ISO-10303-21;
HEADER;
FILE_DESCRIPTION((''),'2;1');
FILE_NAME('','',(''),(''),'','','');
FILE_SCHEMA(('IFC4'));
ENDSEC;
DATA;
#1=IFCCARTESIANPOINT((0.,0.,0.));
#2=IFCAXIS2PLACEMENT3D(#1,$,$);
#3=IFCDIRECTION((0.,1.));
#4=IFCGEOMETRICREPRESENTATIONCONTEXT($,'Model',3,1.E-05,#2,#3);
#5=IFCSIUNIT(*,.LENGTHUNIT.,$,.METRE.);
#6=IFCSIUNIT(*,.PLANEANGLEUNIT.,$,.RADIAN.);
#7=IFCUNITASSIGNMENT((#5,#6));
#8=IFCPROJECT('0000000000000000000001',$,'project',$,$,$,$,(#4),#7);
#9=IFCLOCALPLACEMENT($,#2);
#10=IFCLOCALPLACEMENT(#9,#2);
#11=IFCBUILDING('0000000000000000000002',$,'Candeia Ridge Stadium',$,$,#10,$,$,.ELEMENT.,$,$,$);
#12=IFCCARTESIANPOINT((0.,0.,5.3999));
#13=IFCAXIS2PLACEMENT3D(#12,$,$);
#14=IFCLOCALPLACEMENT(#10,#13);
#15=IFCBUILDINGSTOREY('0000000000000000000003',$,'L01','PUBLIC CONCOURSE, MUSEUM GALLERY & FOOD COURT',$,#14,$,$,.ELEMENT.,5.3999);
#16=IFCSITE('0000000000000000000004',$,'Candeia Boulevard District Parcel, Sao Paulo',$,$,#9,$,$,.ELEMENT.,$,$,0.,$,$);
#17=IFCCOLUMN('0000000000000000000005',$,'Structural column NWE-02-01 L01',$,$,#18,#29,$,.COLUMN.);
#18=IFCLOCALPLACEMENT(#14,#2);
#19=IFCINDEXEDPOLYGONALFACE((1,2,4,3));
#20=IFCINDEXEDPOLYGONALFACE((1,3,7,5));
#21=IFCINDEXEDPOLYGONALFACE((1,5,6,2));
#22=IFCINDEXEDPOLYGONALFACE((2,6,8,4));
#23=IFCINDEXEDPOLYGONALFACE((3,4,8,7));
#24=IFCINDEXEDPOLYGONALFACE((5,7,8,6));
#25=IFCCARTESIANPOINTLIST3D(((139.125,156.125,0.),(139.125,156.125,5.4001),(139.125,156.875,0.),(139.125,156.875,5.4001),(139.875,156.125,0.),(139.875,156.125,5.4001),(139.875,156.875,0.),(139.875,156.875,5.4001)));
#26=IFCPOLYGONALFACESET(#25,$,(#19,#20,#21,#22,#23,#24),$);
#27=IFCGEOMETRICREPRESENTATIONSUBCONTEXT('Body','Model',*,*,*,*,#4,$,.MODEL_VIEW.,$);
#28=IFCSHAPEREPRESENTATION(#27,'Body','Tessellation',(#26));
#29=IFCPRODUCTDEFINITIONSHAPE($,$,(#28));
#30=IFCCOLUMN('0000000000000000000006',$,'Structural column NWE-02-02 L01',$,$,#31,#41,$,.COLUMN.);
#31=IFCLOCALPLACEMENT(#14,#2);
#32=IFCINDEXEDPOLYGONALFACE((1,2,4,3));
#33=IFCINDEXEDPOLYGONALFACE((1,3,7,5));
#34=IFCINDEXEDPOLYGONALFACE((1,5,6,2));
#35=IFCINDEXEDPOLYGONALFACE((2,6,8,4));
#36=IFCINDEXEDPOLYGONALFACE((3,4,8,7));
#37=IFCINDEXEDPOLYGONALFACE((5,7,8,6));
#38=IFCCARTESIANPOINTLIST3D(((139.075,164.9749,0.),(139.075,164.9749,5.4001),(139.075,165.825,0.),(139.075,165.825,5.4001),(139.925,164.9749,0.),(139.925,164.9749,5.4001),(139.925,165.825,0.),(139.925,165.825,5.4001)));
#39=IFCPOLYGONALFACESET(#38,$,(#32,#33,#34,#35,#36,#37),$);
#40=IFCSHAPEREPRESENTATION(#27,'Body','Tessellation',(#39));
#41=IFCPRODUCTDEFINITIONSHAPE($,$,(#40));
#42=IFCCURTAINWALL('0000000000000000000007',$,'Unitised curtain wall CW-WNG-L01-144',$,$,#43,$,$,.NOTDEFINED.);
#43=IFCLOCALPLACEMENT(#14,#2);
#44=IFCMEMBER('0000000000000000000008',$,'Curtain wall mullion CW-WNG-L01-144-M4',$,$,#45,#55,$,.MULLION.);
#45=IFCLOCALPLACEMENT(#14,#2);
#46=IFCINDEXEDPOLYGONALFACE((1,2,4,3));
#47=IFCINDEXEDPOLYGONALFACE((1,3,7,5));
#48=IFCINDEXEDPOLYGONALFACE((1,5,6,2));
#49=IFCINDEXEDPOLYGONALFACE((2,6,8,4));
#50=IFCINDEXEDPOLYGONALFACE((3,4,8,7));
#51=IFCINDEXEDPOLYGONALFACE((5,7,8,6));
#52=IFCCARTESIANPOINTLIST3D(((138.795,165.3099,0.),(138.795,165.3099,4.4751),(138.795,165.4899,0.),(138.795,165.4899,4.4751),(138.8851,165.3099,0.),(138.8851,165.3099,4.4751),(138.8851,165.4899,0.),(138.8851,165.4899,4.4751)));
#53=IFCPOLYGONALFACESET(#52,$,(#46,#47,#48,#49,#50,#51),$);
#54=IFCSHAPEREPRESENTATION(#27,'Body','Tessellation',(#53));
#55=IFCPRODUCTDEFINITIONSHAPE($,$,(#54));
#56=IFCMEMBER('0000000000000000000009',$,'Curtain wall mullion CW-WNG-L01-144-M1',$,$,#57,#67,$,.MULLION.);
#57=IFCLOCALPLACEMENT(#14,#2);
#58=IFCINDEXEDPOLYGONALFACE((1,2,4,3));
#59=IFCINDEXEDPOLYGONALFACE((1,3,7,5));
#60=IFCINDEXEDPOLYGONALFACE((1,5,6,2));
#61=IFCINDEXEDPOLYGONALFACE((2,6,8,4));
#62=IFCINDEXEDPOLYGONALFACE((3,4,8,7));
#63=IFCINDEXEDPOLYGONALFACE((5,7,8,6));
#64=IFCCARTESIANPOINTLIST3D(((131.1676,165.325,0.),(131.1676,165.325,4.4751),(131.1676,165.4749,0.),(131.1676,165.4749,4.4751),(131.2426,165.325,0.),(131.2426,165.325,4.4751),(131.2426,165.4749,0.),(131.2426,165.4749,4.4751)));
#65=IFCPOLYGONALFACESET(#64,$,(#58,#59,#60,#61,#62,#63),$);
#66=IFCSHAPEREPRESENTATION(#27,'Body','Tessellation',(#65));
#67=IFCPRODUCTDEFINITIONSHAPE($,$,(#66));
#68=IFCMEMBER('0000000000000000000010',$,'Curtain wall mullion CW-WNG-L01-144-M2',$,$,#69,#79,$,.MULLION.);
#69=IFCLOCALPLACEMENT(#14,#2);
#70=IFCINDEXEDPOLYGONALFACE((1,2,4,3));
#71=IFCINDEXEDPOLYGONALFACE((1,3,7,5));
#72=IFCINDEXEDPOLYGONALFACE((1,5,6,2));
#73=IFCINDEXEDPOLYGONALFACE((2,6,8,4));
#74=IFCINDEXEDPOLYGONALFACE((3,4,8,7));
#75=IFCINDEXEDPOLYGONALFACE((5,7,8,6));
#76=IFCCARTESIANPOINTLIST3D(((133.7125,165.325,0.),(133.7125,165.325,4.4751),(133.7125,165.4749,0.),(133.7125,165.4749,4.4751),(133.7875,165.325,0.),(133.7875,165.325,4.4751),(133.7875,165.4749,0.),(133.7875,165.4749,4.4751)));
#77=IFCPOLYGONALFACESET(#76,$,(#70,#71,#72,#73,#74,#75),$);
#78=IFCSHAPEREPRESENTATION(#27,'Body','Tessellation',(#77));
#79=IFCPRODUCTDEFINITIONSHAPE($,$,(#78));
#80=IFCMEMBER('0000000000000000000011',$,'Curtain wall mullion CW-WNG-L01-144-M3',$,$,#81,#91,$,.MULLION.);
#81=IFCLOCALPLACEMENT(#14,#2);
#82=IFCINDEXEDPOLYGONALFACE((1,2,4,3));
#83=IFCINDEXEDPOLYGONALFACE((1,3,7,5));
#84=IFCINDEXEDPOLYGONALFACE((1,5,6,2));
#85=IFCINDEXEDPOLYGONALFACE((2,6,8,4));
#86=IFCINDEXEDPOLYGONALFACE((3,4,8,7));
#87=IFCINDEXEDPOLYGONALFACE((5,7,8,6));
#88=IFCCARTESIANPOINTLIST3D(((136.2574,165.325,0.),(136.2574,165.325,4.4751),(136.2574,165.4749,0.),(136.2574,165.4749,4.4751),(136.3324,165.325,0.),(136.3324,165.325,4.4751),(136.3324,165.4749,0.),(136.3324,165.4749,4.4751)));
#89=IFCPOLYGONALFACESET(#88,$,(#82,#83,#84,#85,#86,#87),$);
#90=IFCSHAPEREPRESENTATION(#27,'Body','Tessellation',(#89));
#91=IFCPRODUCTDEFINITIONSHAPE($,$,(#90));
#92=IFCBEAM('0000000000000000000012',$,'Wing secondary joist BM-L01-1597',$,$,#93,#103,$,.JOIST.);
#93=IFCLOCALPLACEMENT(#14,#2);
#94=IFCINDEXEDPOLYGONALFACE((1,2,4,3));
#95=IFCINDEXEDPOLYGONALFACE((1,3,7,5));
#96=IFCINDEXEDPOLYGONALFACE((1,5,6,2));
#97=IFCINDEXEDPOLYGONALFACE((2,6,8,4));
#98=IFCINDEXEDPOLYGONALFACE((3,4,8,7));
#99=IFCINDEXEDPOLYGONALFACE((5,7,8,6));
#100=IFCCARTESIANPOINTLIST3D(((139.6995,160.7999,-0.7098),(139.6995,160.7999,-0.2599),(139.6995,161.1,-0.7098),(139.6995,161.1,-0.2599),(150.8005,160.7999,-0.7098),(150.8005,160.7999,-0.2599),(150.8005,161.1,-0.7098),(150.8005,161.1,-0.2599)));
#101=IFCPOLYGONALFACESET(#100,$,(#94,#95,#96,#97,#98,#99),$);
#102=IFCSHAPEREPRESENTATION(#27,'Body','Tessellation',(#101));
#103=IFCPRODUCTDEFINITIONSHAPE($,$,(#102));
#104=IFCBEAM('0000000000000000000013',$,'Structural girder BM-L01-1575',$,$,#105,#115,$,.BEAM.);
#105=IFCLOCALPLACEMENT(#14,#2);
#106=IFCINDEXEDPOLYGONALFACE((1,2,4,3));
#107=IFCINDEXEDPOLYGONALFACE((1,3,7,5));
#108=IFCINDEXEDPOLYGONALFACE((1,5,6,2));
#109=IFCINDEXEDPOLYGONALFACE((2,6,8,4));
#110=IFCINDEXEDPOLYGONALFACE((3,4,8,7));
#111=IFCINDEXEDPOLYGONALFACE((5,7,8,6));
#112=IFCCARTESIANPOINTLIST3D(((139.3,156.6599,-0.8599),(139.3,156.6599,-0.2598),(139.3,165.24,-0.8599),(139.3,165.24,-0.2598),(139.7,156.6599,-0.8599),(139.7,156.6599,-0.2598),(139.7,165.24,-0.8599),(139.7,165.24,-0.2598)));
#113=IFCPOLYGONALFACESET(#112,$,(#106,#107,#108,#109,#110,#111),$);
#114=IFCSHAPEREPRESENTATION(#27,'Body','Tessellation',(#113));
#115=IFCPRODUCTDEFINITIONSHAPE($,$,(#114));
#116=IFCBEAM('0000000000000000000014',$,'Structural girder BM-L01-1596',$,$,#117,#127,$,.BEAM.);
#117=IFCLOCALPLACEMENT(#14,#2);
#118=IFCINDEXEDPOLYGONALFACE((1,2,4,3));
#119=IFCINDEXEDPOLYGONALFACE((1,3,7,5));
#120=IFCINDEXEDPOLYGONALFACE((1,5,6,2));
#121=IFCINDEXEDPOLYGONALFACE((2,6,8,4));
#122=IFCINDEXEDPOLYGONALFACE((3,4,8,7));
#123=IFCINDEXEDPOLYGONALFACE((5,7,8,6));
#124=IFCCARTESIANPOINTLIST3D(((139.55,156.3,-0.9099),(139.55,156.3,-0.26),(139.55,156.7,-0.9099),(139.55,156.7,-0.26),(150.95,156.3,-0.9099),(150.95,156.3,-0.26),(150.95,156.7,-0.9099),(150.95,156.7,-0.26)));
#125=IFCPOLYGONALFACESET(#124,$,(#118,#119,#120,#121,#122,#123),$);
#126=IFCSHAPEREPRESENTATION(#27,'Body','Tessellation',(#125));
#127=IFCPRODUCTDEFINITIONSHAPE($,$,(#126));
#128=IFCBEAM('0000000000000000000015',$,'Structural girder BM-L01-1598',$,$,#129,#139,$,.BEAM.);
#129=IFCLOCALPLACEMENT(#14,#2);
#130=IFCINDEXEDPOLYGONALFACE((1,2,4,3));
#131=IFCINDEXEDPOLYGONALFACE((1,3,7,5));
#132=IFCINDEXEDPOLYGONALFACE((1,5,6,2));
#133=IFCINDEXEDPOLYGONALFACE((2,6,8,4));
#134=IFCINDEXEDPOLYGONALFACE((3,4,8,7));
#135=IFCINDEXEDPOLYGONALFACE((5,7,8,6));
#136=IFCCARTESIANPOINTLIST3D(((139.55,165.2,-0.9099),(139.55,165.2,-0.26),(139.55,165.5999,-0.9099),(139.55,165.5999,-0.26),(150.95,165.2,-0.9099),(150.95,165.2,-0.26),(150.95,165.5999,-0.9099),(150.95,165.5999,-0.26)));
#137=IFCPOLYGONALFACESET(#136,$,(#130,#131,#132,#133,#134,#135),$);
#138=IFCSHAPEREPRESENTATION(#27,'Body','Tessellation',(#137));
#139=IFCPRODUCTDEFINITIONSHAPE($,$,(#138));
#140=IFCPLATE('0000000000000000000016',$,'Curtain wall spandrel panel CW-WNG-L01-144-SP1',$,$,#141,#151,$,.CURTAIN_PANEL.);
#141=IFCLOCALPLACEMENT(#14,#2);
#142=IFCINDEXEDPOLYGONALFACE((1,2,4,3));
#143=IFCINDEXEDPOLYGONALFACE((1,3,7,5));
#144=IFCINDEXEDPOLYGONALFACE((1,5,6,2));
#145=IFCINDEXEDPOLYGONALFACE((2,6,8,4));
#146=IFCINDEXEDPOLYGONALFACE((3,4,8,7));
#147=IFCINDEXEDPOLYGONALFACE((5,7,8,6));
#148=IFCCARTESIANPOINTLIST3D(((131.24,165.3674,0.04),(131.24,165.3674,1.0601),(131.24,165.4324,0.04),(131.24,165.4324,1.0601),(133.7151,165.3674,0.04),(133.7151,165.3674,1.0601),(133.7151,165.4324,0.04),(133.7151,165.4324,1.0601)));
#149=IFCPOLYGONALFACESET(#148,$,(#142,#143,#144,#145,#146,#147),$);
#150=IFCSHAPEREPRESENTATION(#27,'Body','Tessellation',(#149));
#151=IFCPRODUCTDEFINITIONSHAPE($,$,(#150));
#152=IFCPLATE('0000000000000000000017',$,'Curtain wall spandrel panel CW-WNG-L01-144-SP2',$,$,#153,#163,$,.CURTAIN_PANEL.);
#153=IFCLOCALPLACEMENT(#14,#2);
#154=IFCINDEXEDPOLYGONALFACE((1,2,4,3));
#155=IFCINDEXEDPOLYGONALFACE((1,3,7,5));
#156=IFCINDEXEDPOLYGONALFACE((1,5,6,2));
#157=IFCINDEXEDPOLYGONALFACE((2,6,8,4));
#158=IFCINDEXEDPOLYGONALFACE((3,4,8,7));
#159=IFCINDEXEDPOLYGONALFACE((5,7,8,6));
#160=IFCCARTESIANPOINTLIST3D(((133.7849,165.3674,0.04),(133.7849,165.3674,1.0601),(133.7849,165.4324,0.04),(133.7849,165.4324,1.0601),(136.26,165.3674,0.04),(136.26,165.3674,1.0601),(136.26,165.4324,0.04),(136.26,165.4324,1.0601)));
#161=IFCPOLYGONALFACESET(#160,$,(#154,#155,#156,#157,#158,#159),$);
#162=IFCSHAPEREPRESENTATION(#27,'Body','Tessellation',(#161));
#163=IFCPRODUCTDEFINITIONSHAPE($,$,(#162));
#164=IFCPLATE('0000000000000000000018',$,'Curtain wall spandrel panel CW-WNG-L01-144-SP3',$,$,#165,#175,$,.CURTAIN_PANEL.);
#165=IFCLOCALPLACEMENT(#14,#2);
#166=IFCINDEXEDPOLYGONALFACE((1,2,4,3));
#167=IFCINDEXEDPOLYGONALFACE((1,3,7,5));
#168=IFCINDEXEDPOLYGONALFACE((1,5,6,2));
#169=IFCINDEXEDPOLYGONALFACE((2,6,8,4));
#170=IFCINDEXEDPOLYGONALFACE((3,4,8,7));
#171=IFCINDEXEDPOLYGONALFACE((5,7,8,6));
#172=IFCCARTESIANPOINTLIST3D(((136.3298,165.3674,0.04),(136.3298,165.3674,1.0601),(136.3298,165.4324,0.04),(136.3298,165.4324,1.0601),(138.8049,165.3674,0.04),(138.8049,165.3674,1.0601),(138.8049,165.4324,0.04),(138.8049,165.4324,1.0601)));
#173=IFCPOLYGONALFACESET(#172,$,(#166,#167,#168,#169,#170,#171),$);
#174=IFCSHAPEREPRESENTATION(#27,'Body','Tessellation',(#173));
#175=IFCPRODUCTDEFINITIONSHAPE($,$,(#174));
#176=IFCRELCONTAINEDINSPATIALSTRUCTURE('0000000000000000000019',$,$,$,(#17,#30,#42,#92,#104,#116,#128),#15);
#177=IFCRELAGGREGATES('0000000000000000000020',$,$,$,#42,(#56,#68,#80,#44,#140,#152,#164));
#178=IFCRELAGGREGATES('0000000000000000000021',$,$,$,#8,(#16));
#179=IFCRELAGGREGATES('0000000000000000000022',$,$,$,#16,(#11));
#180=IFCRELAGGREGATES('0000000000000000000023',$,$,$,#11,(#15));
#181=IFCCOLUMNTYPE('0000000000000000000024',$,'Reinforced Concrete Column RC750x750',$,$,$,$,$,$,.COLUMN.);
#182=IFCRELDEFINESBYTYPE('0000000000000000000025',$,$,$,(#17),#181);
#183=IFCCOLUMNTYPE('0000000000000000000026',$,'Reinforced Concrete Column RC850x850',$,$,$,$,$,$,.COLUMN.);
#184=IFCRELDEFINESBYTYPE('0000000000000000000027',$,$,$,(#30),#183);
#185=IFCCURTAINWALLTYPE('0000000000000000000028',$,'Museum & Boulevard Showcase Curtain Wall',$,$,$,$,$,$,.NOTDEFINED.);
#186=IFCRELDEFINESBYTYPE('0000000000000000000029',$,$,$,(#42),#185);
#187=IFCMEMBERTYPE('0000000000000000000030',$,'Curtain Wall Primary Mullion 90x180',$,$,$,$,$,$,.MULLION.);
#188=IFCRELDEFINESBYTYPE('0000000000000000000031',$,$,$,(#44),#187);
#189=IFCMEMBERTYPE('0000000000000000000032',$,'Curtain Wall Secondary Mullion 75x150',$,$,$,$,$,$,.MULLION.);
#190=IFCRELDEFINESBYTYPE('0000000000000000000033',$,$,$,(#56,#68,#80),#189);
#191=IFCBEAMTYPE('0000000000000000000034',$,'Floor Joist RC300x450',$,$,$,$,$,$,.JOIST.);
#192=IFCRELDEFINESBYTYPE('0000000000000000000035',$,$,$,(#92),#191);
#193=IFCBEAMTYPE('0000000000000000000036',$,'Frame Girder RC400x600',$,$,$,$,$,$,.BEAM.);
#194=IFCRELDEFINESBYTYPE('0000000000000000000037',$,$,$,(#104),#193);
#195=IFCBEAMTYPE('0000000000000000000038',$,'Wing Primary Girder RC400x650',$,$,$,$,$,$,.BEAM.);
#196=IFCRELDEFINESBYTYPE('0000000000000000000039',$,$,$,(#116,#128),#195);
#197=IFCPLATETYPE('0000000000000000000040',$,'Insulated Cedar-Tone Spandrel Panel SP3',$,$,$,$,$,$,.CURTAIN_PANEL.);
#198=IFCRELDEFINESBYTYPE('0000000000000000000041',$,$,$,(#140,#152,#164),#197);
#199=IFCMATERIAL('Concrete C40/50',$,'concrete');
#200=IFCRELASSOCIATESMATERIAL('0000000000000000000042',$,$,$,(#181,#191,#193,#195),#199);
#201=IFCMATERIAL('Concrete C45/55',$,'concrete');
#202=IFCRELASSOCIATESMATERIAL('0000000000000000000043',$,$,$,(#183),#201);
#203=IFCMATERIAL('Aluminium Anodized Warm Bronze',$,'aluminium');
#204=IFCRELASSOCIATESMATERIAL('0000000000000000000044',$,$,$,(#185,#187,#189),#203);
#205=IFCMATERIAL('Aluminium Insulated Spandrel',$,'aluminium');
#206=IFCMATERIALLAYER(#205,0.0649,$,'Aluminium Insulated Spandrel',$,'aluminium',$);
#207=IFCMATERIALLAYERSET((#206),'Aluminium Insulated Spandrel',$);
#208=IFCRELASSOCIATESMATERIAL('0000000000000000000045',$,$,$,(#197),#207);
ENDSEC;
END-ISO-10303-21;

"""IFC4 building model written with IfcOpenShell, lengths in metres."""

from ifc_helpers import new_model, si_unit, direction, frame, origin, origin_2d, place, context, subcontext, project, spatial, rectangle, extrude, material, layer, layer_set, material_profile, profile_set, type_object, element, aggregate, save


model = new_model("IFC4")

# Units and contexts
model_context = context("Model", 3, precision=1e-05, world=origin(), true_north=direction((0.0, 1.0)))
body_context = subcontext(model_context, "Body", "Model", "MODEL_VIEW")
ifc_project = project(units=[si_unit("LENGTHUNIT", "METRE"), si_unit("PLANEANGLEUNIT", "RADIAN")], contexts=[model_context])

# Site, building, storey
site_placement = place(None, origin())
site = spatial("IfcSite", under=ifc_project, at=site_placement, Name="Candeia Boulevard District Parcel, Sao Paulo", CompositionType="ELEMENT", RefElevation=0.0)
building_placement = place(site_placement, origin())
building = spatial("IfcBuilding", under=site, at=building_placement, Name="Candeia Ridge Stadium", CompositionType="ELEMENT")
storey_placement = place(building_placement, frame((0.0, 0.0, 5.3999)))
storey = spatial("IfcBuildingStorey", under=building, at=storey_placement, Name="L01", Description="PUBLIC CONCOURSE, MUSEUM GALLERY & FOOD COURT", CompositionType="ELEMENT", Elevation=5.3999)

# Columns
ifc_material_1 = material(Name="Concrete C40/50", Category="concrete")
ifc_material_profile_1 = material_profile(ifc_material_1, rectangle(XDim=0.75, YDim=0.75, at=origin_2d()), Name="RC750x750", Category="concrete")
ifc_profile_set_1 = profile_set([ifc_material_profile_1], Name="Concrete C40/50")
column_type_1 = type_object("IfcColumnType", Name="Reinforced Concrete Column RC750x750", PredefinedType="COLUMN", material=ifc_profile_set_1)
column_1_placement = place(storey_placement, frame((139.5, 156.5, 0.0), z_axis=(0.0, 0.0, 1.0), x_axis=(1.0, 0.0, 0.0)))
element("IfcColumn", 1, at=column_1_placement, inside=storey, type_object=column_type_1, Name="Structural column NWE-02-01 L01", PredefinedType="COLUMN", context=body_context, shape_type="SweptSolid", body=[
    extrude(rectangle(XDim=0.75, YDim=0.75, at=origin_2d()), origin(), (0.0, 0.0, 1.0), 5.4001),
])
ifc_material_2 = material(Name="Concrete C45/55", Category="concrete")
ifc_material_profile_2 = material_profile(ifc_material_2, rectangle(XDim=0.8501, YDim=0.8501, at=origin_2d()), Name="RC850x850", Category="concrete")
ifc_profile_set_2 = profile_set([ifc_material_profile_2], Name="Concrete C45/55")
column_type_2 = type_object("IfcColumnType", Name="Reinforced Concrete Column RC850x850", PredefinedType="COLUMN", material=ifc_profile_set_2)
column_2_placement = place(storey_placement, frame((139.5, 165.3999, 0.0), z_axis=(0.0, 0.0, 1.0), x_axis=(1.0, 0.0, 0.0)))
element("IfcColumn", 2, at=column_2_placement, inside=storey, type_object=column_type_2, Name="Structural column NWE-02-02 L01", PredefinedType="COLUMN", context=body_context, shape_type="SweptSolid", body=[
    extrude(rectangle(XDim=0.8501, YDim=0.8501, at=origin_2d()), origin(), (0.0, 0.0, 1.0), 5.4001),
])

# Curtain wall, members
ifc_material_3 = material(Name="Aluminium Anodized Warm Bronze", Category="aluminium")
curtain_wall_type = type_object("IfcCurtainWallType", Name="Museum & Boulevard Showcase Curtain Wall", PredefinedType="NOTDEFINED", material=ifc_material_3)
curtain_wall_placement = place(storey_placement, origin())
curtain_wall = element("IfcCurtainWall", 3, at=curtain_wall_placement, inside=storey, type_object=curtain_wall_type, Name="Unitised curtain wall CW-WNG-L01-144", PredefinedType="NOTDEFINED")
ifc_material_profile_3 = material_profile(ifc_material_3, rectangle(XDim=0.0901, YDim=0.1799, at=origin_2d()), Name="CWM-90x180", Category="aluminium")
ifc_profile_set_3 = profile_set([ifc_material_profile_3], Name="Aluminium Anodized Warm Bronze")
member_type_1 = type_object("IfcMemberType", Name="Curtain Wall Primary Mullion 90x180", PredefinedType="MULLION", material=ifc_profile_set_3)
member_1_placement = place(storey_placement, frame((138.8401, 165.3999, 0.0), z_axis=(0.0, 0.0, 1.0), x_axis=(1.0, 0.0, 0.0)))
member_1 = element("IfcMember", 4, at=member_1_placement, type_object=member_type_1, Name="Curtain wall mullion CW-WNG-L01-144-M4", PredefinedType="MULLION", context=body_context, shape_type="SweptSolid", body=[
    extrude(rectangle(XDim=0.0901, YDim=0.1799, at=origin_2d()), origin(), (0.0, 0.0, 1.0), 4.4751),
])
ifc_material_profile_4 = material_profile(ifc_material_3, rectangle(XDim=0.075, YDim=0.1499, at=origin_2d()), Name="CWM-75x150", Category="aluminium")
ifc_profile_set_4 = profile_set([ifc_material_profile_4], Name="Aluminium Anodized Warm Bronze")
member_type_2 = type_object("IfcMemberType", Name="Curtain Wall Secondary Mullion 75x150", PredefinedType="MULLION", material=ifc_profile_set_4)
member_2_placement = place(storey_placement, frame((131.2051, 165.3999, 0.0), z_axis=(0.0, 0.0, 1.0), x_axis=(1.0, 0.0, 0.0)))
member_2 = element("IfcMember", 5, at=member_2_placement, type_object=member_type_2, Name="Curtain wall mullion CW-WNG-L01-144-M1", PredefinedType="MULLION", context=body_context, shape_type="SweptSolid", body=[
    extrude(rectangle(XDim=0.075, YDim=0.1499, at=origin_2d()), origin(), (0.0, 0.0, 1.0), 4.4751),
])
member_3_placement = place(storey_placement, frame((133.75, 165.3999, 0.0), z_axis=(0.0, 0.0, 1.0), x_axis=(1.0, 0.0, 0.0)))
member_3 = element("IfcMember", 6, at=member_3_placement, type_object=member_type_2, Name="Curtain wall mullion CW-WNG-L01-144-M2", PredefinedType="MULLION", context=body_context, shape_type="SweptSolid", body=[
    extrude(rectangle(XDim=0.075, YDim=0.1499, at=origin_2d()), origin(), (0.0, 0.0, 1.0), 4.4751),
])
member_4_placement = place(storey_placement, frame((136.2949, 165.3999, 0.0), z_axis=(0.0, 0.0, 1.0), x_axis=(1.0, 0.0, 0.0)))
member_4 = element("IfcMember", 7, at=member_4_placement, type_object=member_type_2, Name="Curtain wall mullion CW-WNG-L01-144-M3", PredefinedType="MULLION", context=body_context, shape_type="SweptSolid", body=[
    extrude(rectangle(XDim=0.075, YDim=0.1499, at=origin_2d()), origin(), (0.0, 0.0, 1.0), 4.4751),
])

# Beams
ifc_material_profile_5 = material_profile(ifc_material_1, rectangle(XDim=0.3, YDim=0.45, at=origin_2d()), Name="RC300x450", Category="concrete")
ifc_profile_set_5 = profile_set([ifc_material_profile_5], Name="Concrete C40/50")
beam_type_1 = type_object("IfcBeamType", Name="Floor Joist RC300x450", PredefinedType="JOIST", material=ifc_profile_set_5)
beam_1_placement = place(storey_placement, frame((139.6995, 160.95, -0.4849), z_axis=(1.0, 0.0, 0.0), x_axis=(0.0, 1.0, 0.0)))
element("IfcBeam", 8, at=beam_1_placement, inside=storey, type_object=beam_type_1, Name="Wing secondary joist BM-L01-1597", PredefinedType="JOIST", context=body_context, shape_type="SweptSolid", body=[
    extrude(rectangle(XDim=0.3, YDim=0.45, at=origin_2d()), origin(), (0.0, 0.0, 1.0), 11.1011),
])
ifc_material_profile_6 = material_profile(ifc_material_1, rectangle(XDim=0.3999, YDim=0.6001, at=origin_2d()), Name="RC400x600", Category="concrete")
ifc_profile_set_6 = profile_set([ifc_material_profile_6], Name="Concrete C40/50")
beam_type_2 = type_object("IfcBeamType", Name="Frame Girder RC400x600", PredefinedType="BEAM", material=ifc_profile_set_6)
beam_2_placement = place(storey_placement, frame((139.5, 156.6599, -0.5598), z_axis=(0.0, 1.0, 0.0), x_axis=(-1.0, 0.0, 0.0)))
element("IfcBeam", 9, at=beam_2_placement, inside=storey, type_object=beam_type_2, Name="Structural girder BM-L01-1575", PredefinedType="BEAM", context=body_context, shape_type="SweptSolid", body=[
    extrude(rectangle(XDim=0.3999, YDim=0.6001, at=origin_2d()), origin(), (0.0, 0.0, 1.0), 8.5801),
])
ifc_material_profile_7 = material_profile(ifc_material_1, rectangle(XDim=0.3999, YDim=0.6499, at=origin_2d()), Name="RC400x650", Category="concrete")
ifc_profile_set_7 = profile_set([ifc_material_profile_7], Name="Concrete C40/50")
beam_type_3 = type_object("IfcBeamType", Name="Wing Primary Girder RC400x650", PredefinedType="BEAM", material=ifc_profile_set_7)
for number, where, z_axis, x_axis, name in (
    (10, (139.55, 156.5, -0.585), (1.0, 0.0, 0.0), (0.0, 1.0, 0.0), "Structural girder BM-L01-1596"),
    (11, (139.55, 165.3999, -0.585), (1.0, 0.0, 0.0), (0.0, 1.0, 0.0), "Structural girder BM-L01-1598"),
):
    element("IfcBeam", number, at=place(storey_placement, frame(where, z_axis=z_axis, x_axis=x_axis)), inside=storey, type_object=beam_type_3, Name=name, PredefinedType="BEAM", context=body_context, shape_type="SweptSolid", body=[
        extrude(rectangle(XDim=0.3999, YDim=0.6499, at=origin_2d()), origin(), (0.0, 0.0, 1.0), 11.3999),
    ])

# Plates
ifc_material_4 = material(Name="Aluminium Insulated Spandrel", Category="aluminium")
ifc_layer_1 = layer(ifc_material_4, 0.0649, Name="Aluminium Insulated Spandrel", Category="aluminium")
ifc_layer_set_1 = layer_set([ifc_layer_1], Name="Aluminium Insulated Spandrel")
plate_type_1 = type_object("IfcPlateType", Name="Insulated Cedar-Tone Spandrel Panel SP3", PredefinedType="CURTAIN_PANEL", material=ifc_layer_set_1)
plate_1_placement = place(storey_placement, frame((132.4775, 165.3999, 0.04), z_axis=(0.0, 0.0, 1.0), x_axis=(1.0, 0.0, 0.0)))
plate_1 = element("IfcPlate", 12, at=plate_1_placement, type_object=plate_type_1, Name="Curtain wall spandrel panel CW-WNG-L01-144-SP1", PredefinedType="CURTAIN_PANEL", context=body_context, shape_type="SweptSolid", body=[
    extrude(rectangle(XDim=2.4751, YDim=0.0649, at=origin_2d()), origin(), (0.0, 0.0, 1.0), 1.02),
])
plate_2_placement = place(storey_placement, frame((135.0225, 165.3999, 0.04), z_axis=(0.0, 0.0, 1.0), x_axis=(1.0, 0.0, 0.0)))
plate_2 = element("IfcPlate", 13, at=plate_2_placement, type_object=plate_type_1, Name="Curtain wall spandrel panel CW-WNG-L01-144-SP2", PredefinedType="CURTAIN_PANEL", context=body_context, shape_type="SweptSolid", body=[
    extrude(rectangle(XDim=2.4751, YDim=0.0649, at=origin_2d()), origin(), (0.0, 0.0, 1.0), 1.02),
])
plate_3_placement = place(storey_placement, frame((137.5674, 165.3999, 0.04), z_axis=(0.0, 0.0, 1.0), x_axis=(1.0, 0.0, 0.0)))
plate_3 = element("IfcPlate", 14, at=plate_3_placement, type_object=plate_type_1, Name="Curtain wall spandrel panel CW-WNG-L01-144-SP3", PredefinedType="CURTAIN_PANEL", context=body_context, shape_type="SweptSolid", body=[
    extrude(rectangle(XDim=2.4751, YDim=0.0649, at=origin_2d()), origin(), (0.0, 0.0, 1.0), 1.02),
])
aggregate(curtain_wall, [member_2, member_3, member_4, member_1, plate_1, plate_2, plate_3])

save(model, "model.ifc")
